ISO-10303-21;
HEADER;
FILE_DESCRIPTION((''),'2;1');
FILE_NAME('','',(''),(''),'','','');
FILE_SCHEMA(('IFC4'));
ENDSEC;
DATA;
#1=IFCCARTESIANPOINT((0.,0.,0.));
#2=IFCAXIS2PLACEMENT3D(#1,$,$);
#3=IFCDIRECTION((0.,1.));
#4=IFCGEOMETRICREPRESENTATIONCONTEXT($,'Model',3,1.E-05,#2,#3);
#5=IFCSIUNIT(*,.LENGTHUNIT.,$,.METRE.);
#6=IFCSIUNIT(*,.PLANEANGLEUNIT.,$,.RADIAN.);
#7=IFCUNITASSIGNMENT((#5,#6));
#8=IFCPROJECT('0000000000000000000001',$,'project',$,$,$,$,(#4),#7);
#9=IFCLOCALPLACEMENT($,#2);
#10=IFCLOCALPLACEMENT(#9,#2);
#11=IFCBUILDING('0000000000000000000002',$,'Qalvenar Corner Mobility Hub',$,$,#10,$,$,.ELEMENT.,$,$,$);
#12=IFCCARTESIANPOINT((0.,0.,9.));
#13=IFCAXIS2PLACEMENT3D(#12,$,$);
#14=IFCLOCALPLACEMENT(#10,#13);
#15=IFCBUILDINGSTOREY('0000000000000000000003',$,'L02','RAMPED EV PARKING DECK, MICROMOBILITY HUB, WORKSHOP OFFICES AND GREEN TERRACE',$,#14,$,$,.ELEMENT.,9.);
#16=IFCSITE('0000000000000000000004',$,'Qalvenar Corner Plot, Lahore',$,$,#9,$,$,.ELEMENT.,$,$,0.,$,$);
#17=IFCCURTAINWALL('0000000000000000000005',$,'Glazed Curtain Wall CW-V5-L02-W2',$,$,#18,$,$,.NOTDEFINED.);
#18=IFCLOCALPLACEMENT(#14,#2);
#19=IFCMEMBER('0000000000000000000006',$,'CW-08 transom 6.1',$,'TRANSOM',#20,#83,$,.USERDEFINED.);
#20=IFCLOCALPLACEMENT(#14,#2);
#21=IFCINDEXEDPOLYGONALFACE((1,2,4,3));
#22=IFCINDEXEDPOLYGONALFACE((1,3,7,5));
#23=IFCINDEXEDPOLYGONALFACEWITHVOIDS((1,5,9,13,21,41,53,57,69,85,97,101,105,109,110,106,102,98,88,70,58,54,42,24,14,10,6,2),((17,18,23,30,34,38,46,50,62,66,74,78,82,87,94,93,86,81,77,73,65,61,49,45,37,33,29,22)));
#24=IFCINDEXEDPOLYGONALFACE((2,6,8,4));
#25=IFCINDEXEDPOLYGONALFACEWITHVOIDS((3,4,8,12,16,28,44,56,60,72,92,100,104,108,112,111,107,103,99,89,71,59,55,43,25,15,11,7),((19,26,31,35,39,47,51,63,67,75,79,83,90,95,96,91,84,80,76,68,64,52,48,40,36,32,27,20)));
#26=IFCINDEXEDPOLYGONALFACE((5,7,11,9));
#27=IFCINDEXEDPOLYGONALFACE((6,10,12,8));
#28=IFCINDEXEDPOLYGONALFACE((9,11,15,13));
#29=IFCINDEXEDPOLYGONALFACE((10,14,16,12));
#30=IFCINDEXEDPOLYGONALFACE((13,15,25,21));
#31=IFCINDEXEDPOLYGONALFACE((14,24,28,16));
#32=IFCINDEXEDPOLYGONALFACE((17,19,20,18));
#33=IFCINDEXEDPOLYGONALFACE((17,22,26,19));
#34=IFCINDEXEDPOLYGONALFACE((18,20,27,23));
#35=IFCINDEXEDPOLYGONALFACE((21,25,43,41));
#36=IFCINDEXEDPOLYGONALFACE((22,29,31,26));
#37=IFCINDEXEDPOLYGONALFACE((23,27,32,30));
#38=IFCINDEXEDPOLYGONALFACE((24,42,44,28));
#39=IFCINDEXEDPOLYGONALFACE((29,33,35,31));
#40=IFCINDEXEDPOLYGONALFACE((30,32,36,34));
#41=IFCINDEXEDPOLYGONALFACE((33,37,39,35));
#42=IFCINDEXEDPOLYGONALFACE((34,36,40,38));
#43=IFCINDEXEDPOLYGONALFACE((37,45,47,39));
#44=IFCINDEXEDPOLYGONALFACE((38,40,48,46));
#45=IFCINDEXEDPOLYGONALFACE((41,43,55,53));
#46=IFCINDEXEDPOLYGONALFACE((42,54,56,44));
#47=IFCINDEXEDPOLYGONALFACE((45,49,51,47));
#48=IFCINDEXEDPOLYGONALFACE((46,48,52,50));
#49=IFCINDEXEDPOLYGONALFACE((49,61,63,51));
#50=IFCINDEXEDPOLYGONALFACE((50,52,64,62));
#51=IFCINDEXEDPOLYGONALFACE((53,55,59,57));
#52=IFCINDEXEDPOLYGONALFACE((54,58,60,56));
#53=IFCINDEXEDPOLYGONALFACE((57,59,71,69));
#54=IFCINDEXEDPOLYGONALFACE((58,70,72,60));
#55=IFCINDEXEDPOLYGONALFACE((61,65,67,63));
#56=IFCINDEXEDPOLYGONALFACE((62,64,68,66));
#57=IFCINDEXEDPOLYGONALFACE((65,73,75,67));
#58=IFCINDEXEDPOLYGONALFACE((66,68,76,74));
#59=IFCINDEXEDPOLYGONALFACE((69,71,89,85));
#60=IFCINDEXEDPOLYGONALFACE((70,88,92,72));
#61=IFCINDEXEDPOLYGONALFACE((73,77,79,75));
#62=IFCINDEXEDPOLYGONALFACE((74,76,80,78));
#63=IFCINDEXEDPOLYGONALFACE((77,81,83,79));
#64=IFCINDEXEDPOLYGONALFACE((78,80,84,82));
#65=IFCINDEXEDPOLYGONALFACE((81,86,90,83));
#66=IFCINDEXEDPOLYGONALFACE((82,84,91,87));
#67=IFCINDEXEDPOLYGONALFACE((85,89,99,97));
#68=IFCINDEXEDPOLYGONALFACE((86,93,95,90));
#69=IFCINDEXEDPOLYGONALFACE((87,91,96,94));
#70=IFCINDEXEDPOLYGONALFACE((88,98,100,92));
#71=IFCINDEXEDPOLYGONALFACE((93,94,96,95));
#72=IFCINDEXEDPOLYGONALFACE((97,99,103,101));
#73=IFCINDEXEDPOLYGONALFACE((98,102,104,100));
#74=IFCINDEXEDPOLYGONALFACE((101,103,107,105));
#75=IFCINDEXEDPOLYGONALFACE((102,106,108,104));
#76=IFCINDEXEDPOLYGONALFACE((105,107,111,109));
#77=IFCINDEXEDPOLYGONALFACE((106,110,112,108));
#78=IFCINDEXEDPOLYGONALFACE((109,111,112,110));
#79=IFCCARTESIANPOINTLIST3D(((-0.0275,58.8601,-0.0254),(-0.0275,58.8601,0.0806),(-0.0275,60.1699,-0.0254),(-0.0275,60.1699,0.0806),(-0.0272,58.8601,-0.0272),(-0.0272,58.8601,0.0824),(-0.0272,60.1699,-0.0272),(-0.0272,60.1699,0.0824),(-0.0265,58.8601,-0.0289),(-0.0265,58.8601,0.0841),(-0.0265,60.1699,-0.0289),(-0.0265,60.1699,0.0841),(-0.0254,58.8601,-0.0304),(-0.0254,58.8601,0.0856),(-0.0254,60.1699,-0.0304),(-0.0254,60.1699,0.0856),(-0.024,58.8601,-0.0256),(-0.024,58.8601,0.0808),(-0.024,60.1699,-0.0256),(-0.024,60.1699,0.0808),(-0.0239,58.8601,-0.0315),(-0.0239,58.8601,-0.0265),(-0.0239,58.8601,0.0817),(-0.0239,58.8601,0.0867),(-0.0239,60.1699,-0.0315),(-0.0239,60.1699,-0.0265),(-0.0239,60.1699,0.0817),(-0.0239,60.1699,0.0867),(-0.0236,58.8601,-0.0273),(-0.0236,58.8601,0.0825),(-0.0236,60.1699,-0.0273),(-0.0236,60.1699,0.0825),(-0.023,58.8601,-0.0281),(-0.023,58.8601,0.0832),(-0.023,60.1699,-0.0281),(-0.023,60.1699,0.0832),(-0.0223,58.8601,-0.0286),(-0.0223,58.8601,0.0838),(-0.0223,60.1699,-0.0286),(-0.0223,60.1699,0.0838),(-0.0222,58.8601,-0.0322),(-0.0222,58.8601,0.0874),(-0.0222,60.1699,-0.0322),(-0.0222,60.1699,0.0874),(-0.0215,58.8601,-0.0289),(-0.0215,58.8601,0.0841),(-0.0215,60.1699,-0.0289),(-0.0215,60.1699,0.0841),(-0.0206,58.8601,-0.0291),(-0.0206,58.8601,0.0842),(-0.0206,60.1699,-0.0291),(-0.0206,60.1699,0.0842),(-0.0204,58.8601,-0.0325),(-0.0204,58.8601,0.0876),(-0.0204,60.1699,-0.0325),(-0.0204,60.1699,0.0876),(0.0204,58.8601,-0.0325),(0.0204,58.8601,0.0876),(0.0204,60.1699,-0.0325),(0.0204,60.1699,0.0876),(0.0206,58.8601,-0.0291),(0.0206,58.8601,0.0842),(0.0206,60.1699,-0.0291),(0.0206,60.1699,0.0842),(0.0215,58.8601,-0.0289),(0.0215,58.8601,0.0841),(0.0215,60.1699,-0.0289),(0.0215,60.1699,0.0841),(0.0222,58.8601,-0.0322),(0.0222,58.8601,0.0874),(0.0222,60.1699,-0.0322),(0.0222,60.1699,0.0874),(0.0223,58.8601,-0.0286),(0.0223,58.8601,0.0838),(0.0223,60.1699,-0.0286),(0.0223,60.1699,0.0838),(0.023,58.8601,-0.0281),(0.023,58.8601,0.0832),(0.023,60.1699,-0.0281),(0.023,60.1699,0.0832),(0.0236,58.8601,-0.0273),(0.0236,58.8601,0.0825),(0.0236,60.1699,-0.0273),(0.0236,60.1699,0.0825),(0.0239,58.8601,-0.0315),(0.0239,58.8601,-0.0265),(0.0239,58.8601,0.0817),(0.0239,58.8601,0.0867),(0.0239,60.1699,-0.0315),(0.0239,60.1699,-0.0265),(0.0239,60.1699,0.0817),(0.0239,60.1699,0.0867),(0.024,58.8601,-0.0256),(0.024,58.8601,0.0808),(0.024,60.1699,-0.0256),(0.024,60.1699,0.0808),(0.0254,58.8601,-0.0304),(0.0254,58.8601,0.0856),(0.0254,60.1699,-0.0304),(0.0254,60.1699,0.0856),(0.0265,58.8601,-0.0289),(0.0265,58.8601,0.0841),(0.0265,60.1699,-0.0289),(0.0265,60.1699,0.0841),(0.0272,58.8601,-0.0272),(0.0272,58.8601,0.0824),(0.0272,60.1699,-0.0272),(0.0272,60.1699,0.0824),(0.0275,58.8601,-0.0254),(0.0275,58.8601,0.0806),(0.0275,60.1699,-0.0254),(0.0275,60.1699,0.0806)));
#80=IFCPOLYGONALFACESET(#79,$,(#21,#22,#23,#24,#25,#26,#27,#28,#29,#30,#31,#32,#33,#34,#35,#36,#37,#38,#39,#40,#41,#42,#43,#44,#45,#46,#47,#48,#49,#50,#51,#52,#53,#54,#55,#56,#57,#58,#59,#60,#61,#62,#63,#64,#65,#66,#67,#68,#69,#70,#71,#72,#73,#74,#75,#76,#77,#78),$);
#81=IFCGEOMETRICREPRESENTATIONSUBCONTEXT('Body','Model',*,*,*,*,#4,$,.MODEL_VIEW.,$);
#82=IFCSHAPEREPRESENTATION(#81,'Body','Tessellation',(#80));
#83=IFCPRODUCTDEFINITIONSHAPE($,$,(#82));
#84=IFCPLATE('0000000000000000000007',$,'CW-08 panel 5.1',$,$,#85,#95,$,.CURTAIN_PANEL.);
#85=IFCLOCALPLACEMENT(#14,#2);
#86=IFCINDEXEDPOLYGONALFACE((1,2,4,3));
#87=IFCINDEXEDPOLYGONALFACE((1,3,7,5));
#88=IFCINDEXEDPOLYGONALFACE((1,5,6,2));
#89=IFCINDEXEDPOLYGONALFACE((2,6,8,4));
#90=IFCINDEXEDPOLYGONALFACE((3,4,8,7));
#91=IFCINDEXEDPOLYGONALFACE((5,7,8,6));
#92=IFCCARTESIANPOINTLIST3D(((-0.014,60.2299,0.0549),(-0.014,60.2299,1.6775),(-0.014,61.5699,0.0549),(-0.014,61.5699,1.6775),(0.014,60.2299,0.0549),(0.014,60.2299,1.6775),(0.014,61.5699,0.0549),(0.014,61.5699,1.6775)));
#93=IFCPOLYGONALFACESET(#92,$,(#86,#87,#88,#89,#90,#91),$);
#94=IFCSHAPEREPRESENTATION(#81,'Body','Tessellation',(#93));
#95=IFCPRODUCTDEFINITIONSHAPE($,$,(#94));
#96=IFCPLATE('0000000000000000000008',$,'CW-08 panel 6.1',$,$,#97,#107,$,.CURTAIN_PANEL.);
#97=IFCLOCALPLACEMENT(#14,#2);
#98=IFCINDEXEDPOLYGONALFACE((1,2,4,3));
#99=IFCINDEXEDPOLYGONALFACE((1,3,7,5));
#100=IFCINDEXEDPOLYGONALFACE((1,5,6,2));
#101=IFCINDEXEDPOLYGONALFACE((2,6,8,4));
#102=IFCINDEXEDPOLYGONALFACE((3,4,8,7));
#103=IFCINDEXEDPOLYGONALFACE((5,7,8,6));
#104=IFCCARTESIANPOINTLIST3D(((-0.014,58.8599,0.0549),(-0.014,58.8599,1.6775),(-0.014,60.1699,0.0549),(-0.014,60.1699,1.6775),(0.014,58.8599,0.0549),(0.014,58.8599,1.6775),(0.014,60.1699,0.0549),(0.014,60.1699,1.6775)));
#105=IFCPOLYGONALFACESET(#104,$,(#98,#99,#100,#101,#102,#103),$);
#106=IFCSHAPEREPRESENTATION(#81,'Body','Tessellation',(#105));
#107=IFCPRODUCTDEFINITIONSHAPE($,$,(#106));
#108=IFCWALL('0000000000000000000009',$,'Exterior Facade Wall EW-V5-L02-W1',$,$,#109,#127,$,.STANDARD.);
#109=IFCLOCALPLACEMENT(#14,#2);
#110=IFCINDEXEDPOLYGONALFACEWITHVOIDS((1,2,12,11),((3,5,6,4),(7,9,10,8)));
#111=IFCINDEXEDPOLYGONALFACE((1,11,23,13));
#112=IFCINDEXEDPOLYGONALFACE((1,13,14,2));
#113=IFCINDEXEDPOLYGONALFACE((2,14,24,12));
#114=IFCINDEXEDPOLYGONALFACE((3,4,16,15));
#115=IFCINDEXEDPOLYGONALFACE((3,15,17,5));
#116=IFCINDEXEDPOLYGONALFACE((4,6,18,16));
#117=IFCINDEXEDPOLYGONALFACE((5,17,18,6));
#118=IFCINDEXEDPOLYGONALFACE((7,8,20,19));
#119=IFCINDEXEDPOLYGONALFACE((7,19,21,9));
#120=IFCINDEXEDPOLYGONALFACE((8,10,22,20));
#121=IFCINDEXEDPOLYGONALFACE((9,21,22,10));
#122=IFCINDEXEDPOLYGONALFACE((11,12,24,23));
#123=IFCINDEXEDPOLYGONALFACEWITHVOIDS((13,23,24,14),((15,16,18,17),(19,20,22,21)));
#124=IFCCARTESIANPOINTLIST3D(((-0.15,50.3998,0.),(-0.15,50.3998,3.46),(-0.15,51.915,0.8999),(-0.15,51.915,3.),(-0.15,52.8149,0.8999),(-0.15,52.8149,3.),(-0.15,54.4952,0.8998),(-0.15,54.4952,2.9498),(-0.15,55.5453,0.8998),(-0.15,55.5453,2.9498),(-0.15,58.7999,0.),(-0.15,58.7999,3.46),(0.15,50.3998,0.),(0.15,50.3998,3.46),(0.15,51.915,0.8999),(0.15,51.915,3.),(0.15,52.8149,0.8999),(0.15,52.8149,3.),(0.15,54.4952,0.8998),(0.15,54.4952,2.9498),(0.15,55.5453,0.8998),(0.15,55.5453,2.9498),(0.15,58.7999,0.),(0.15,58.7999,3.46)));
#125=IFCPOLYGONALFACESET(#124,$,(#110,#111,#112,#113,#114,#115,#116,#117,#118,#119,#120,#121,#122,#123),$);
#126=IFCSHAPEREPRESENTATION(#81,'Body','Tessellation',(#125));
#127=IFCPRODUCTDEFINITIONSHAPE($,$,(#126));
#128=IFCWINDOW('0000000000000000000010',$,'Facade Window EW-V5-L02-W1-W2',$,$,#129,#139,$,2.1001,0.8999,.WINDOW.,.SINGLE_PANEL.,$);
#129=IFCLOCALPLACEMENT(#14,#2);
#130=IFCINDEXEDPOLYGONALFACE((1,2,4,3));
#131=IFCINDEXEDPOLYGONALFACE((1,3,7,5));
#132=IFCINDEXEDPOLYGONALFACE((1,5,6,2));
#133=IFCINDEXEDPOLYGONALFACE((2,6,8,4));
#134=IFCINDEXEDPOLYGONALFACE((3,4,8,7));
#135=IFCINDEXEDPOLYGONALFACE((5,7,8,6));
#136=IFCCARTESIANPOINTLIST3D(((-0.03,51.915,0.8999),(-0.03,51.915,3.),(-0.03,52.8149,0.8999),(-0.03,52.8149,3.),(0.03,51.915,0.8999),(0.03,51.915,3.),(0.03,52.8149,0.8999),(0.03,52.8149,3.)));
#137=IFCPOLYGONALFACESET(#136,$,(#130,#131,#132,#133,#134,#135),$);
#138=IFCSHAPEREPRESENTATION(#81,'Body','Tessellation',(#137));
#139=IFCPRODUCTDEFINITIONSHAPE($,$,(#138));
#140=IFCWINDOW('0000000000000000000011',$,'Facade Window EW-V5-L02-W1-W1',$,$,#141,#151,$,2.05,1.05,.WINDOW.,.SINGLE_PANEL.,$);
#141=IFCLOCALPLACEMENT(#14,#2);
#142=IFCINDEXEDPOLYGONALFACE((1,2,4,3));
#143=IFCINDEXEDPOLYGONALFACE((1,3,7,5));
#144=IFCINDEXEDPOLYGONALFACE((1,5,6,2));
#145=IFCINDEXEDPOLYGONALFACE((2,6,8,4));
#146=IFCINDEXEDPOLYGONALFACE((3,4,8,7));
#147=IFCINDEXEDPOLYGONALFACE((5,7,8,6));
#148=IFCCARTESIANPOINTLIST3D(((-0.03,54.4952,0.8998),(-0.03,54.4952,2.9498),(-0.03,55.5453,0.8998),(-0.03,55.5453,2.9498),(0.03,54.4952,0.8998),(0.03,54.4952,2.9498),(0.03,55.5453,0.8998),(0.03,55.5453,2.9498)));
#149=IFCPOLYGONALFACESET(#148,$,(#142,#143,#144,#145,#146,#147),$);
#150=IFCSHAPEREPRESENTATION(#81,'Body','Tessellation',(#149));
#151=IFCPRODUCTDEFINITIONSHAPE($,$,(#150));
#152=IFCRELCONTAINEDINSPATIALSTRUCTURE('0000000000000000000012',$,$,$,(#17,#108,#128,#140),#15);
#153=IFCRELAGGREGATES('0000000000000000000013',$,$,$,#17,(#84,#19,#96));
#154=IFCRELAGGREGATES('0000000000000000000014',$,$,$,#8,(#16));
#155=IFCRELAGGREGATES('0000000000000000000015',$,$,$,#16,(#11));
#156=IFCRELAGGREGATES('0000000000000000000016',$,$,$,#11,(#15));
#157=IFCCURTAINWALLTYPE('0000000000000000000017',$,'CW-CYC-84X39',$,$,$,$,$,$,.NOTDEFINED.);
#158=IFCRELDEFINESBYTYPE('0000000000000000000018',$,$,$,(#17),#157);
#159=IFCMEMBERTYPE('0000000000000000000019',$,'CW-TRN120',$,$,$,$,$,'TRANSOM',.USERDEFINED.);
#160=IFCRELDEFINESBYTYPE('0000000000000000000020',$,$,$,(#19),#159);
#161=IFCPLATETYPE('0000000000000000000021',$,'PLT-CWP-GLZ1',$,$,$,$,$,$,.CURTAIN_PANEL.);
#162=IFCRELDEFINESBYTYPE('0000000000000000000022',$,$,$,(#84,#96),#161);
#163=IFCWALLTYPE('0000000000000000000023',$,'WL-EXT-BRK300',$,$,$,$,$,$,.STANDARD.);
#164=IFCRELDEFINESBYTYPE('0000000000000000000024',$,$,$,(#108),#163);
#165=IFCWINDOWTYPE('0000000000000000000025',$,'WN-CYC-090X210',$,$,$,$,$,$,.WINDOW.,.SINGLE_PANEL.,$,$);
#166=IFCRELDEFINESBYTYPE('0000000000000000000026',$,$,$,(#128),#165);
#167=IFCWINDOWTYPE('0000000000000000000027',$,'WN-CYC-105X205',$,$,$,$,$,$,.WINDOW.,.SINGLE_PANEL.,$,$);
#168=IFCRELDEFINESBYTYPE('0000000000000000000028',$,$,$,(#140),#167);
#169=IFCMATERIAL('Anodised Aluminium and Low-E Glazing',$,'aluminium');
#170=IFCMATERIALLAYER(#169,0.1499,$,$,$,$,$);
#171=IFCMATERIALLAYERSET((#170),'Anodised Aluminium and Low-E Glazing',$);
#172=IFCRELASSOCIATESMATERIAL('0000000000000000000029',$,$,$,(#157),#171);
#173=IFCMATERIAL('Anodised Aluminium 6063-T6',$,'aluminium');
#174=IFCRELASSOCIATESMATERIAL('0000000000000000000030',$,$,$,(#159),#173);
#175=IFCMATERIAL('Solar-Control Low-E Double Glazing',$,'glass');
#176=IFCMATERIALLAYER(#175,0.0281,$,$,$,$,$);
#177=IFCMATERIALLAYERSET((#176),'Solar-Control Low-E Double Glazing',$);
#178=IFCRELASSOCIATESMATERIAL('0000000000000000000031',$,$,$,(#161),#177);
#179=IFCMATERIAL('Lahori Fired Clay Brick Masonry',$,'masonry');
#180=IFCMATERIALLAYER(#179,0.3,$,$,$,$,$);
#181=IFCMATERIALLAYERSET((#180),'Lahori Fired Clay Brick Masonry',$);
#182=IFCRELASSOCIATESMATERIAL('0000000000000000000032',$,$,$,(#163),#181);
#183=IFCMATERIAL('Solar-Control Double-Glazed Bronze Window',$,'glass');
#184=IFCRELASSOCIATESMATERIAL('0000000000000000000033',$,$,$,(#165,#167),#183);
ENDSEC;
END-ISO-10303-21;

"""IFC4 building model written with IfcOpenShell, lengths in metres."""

from ifc_helpers import new_model, si_unit, direction, frame, frame_2d, origin, origin_2d, place, context, subcontext, project, spatial, rectangle, hollow_rectangle, extrude, material, layer, layer_set, material_profile, profile_set, type_object, element, fill, aggregate, save


model = new_model("IFC4")

# Units and contexts
model_context = context("Model", 3, precision=1e-05, world=origin(), true_north=direction((0.0, 1.0)))
body_context = subcontext(model_context, "Body", "Model", "MODEL_VIEW")
ifc_project = project(units=[si_unit("LENGTHUNIT", "METRE"), si_unit("PLANEANGLEUNIT", "RADIAN")], contexts=[model_context])

# Site, building, storey
site_placement = place(None, origin())
site = spatial("IfcSite", under=ifc_project, at=site_placement, Name="Qalvenar Corner Plot, Lahore", CompositionType="ELEMENT", RefElevation=0.0)
building_placement = place(site_placement, origin())
building = spatial("IfcBuilding", under=site, at=building_placement, Name="Qalvenar Corner Mobility Hub", CompositionType="ELEMENT")
storey_placement = place(building_placement, frame((0.0, 0.0, 9.0)))
storey = spatial("IfcBuildingStorey", under=building, at=storey_placement, Name="L02", Description="RAMPED EV PARKING DECK, MICROMOBILITY HUB, WORKSHOP OFFICES AND GREEN TERRACE", CompositionType="ELEMENT", Elevation=9.0)

# Curtain wall, member, plates
ifc_material_1 = material(Name="Anodised Aluminium and Low-E Glazing", Category="aluminium")
ifc_layer_1 = layer(ifc_material_1, 0.1499)
ifc_layer_set_1 = layer_set([ifc_layer_1], Name="Anodised Aluminium and Low-E Glazing")
curtain_wall_type = type_object("IfcCurtainWallType", Name="CW-CYC-84X39", PredefinedType="NOTDEFINED", material=ifc_layer_set_1)
curtain_wall_placement = place(storey_placement, origin())
curtain_wall = element("IfcCurtainWall", 1, at=curtain_wall_placement, inside=storey, type_object=curtain_wall_type, Name="Glazed Curtain Wall CW-V5-L02-W2", PredefinedType="NOTDEFINED")
ifc_material_2 = material(Name="Anodised Aluminium 6063-T6", Category="aluminium")
ifc_material_profile_1 = material_profile(ifc_material_2, hollow_rectangle(XDim=0.0549, YDim=0.1201, WallThickness=0.0034, InnerFilletRadius=0.0034, OuterFilletRadius=0.0071, at=origin_2d()), Name="RHS120x55x3.5")
ifc_profile_set_1 = profile_set([ifc_material_profile_1], Name="Anodised Aluminium 6063-T6")
member_type_1 = type_object("IfcMemberType", Name="CW-TRN120", ElementType="TRANSOM", PredefinedType="USERDEFINED", material=ifc_profile_set_1)
member_1_placement = place(storey_placement, frame((0.0, 60.1699, 0.0276), z_axis=(0.0, -1.0, 0.0), x_axis=(1.0, 0.0, 0.0)))
member_1 = element("IfcMember", 2, at=member_1_placement, type_object=member_type_1, Name="CW-08 transom 6.1", ObjectType="TRANSOM", PredefinedType="USERDEFINED", context=body_context, shape_type="SweptSolid", body=[
    extrude(hollow_rectangle(XDim=0.0549, YDim=0.1201, WallThickness=0.0034, InnerFilletRadius=0.0034, OuterFilletRadius=0.0071, at=origin_2d()), origin(), (0.0, 0.0, 1.0), 1.3098),
])
ifc_material_3 = material(Name="Solar-Control Low-E Double Glazing", Category="glass")
ifc_layer_2 = layer(ifc_material_3, 0.0281)
ifc_layer_set_2 = layer_set([ifc_layer_2], Name="Solar-Control Low-E Double Glazing")
plate_type = type_object("IfcPlateType", Name="PLT-CWP-GLZ1", PredefinedType="CURTAIN_PANEL", material=ifc_layer_set_2)
plate_1_placement = place(storey_placement, frame((0.0, 60.8999, 0.0549), z_axis=(0.0, 0.0, 1.0), x_axis=(0.0, -1.0, 0.0)))
plate_1 = element("IfcPlate", 3, at=plate_1_placement, type_object=plate_type, Name="CW-08 panel 5.1", PredefinedType="CURTAIN_PANEL", context=body_context, shape_type="SweptSolid", body=[
    extrude(rectangle(XDim=1.3401, YDim=0.0281, at=origin_2d()), origin(), (0.0, 0.0, 1.0), 1.6226),
])
plate_2_placement = place(storey_placement, frame((0.0, 59.5149, 0.0549), z_axis=(0.0, 0.0, 1.0), x_axis=(0.0, -1.0, 0.0)))
plate_2 = element("IfcPlate", 4, at=plate_2_placement, type_object=plate_type, Name="CW-08 panel 6.1", PredefinedType="CURTAIN_PANEL", context=body_context, shape_type="SweptSolid", body=[
    extrude(rectangle(XDim=1.3101, YDim=0.0281, at=origin_2d()), origin(), (0.0, 0.0, 1.0), 1.6226),
])
aggregate(curtain_wall, [plate_1, member_1, plate_2])

# Wall, openings, windows
ifc_material_4 = material(Name="Lahori Fired Clay Brick Masonry", Category="masonry")
ifc_layer_3 = layer(ifc_material_4, 0.3)
ifc_layer_set_3 = layer_set([ifc_layer_3], Name="Lahori Fired Clay Brick Masonry")
wall_type_1 = type_object("IfcWallType", Name="WL-EXT-BRK300", PredefinedType="STANDARD", material=ifc_layer_set_3)
wall_1_placement = place(storey_placement, frame((0.0, 58.8, 0.0), z_axis=(0.0, 0.0, 1.0), x_axis=(0.0, -1.0, 0.0)))
wall_1 = element("IfcWall", 5, at=wall_1_placement, inside=storey, type_object=wall_type_1, Name="Exterior Facade Wall EW-V5-L02-W1", PredefinedType="STANDARD", context=body_context, shape_type="SweptSolid", body=[
    extrude(rectangle(XDim=8.4001, YDim=0.3, at=frame_2d((4.2002, 0.0))), origin(), (0.0, 0.0, 1.0), 3.46),
])
opening_1_placement = place(wall_1_placement, frame((3.2549, 0.0, 0.8999)))
opening_1 = element("IfcOpeningElement", 6, at=opening_1_placement, cuts=wall_1, PredefinedType="OPENING", context=body_context, shape_type="SweptSolid", body=[
    extrude(rectangle(XDim=1.05, YDim=2.05, at=frame_2d((0.5249, 1.0249))), frame((0.0, 0.1602, 0.0), z_axis=(0.0, -1.0, 0.0), x_axis=(1.0, 0.0, 0.0)), (0.0, 0.0, 1.0), 0.3201),
])
opening_2_placement = place(wall_1_placement, frame((5.9851, 0.0, 0.8999)))
opening_2 = element("IfcOpeningElement", 7, at=opening_2_placement, cuts=wall_1, PredefinedType="OPENING", context=body_context, shape_type="SweptSolid", body=[
    extrude(rectangle(XDim=0.8999, YDim=2.1001, at=frame_2d((0.45, 1.05))), frame((0.0, 0.1602, 0.0), z_axis=(0.0, -1.0, 0.0), x_axis=(1.0, 0.0, 0.0)), (0.0, 0.0, 1.0), 0.3201),
])
ifc_material_5 = material(Name="Solar-Control Double-Glazed Bronze Window", Category="glass")
window_type_1 = type_object("IfcWindowType", Name="WN-CYC-090X210", PartitioningType="SINGLE_PANEL", PredefinedType="WINDOW", material=ifc_material_5)
window_1_placement = place(opening_2_placement, origin())
window_1 = element("IfcWindow", 8, at=window_1_placement, inside=storey, type_object=window_type_1, Name="Facade Window EW-V5-L02-W1-W2", OverallHeight=2.1001, OverallWidth=0.8999, PartitioningType="SINGLE_PANEL", PredefinedType="WINDOW", context=body_context, shape_type="SweptSolid", body=[
    extrude(rectangle(XDim=0.8999, YDim=2.1001, at=frame_2d((0.45, 1.05))), frame((0.0, 0.03, 0.0), z_axis=(0.0, -1.0, 0.0), x_axis=(1.0, 0.0, 0.0)), (0.0, 0.0, 1.0), 0.0601),
])
fill(opening_2, window_1)
window_type_2 = type_object("IfcWindowType", Name="WN-CYC-105X205", PartitioningType="SINGLE_PANEL", PredefinedType="WINDOW", material=ifc_material_5)
window_2_placement = place(opening_1_placement, origin())
window_2 = element("IfcWindow", 9, at=window_2_placement, inside=storey, type_object=window_type_2, Name="Facade Window EW-V5-L02-W1-W1", OverallHeight=2.05, OverallWidth=1.05, PartitioningType="SINGLE_PANEL", PredefinedType="WINDOW", context=body_context, shape_type="SweptSolid", body=[
    extrude(rectangle(XDim=1.05, YDim=2.05, at=frame_2d((0.5249, 1.0249))), frame((0.0, 0.03, 0.0), z_axis=(0.0, -1.0, 0.0), x_axis=(1.0, 0.0, 0.0)), (0.0, 0.0, 1.0), 0.0601),
])
fill(opening_1, window_2)

save(model, "model.ifc")
